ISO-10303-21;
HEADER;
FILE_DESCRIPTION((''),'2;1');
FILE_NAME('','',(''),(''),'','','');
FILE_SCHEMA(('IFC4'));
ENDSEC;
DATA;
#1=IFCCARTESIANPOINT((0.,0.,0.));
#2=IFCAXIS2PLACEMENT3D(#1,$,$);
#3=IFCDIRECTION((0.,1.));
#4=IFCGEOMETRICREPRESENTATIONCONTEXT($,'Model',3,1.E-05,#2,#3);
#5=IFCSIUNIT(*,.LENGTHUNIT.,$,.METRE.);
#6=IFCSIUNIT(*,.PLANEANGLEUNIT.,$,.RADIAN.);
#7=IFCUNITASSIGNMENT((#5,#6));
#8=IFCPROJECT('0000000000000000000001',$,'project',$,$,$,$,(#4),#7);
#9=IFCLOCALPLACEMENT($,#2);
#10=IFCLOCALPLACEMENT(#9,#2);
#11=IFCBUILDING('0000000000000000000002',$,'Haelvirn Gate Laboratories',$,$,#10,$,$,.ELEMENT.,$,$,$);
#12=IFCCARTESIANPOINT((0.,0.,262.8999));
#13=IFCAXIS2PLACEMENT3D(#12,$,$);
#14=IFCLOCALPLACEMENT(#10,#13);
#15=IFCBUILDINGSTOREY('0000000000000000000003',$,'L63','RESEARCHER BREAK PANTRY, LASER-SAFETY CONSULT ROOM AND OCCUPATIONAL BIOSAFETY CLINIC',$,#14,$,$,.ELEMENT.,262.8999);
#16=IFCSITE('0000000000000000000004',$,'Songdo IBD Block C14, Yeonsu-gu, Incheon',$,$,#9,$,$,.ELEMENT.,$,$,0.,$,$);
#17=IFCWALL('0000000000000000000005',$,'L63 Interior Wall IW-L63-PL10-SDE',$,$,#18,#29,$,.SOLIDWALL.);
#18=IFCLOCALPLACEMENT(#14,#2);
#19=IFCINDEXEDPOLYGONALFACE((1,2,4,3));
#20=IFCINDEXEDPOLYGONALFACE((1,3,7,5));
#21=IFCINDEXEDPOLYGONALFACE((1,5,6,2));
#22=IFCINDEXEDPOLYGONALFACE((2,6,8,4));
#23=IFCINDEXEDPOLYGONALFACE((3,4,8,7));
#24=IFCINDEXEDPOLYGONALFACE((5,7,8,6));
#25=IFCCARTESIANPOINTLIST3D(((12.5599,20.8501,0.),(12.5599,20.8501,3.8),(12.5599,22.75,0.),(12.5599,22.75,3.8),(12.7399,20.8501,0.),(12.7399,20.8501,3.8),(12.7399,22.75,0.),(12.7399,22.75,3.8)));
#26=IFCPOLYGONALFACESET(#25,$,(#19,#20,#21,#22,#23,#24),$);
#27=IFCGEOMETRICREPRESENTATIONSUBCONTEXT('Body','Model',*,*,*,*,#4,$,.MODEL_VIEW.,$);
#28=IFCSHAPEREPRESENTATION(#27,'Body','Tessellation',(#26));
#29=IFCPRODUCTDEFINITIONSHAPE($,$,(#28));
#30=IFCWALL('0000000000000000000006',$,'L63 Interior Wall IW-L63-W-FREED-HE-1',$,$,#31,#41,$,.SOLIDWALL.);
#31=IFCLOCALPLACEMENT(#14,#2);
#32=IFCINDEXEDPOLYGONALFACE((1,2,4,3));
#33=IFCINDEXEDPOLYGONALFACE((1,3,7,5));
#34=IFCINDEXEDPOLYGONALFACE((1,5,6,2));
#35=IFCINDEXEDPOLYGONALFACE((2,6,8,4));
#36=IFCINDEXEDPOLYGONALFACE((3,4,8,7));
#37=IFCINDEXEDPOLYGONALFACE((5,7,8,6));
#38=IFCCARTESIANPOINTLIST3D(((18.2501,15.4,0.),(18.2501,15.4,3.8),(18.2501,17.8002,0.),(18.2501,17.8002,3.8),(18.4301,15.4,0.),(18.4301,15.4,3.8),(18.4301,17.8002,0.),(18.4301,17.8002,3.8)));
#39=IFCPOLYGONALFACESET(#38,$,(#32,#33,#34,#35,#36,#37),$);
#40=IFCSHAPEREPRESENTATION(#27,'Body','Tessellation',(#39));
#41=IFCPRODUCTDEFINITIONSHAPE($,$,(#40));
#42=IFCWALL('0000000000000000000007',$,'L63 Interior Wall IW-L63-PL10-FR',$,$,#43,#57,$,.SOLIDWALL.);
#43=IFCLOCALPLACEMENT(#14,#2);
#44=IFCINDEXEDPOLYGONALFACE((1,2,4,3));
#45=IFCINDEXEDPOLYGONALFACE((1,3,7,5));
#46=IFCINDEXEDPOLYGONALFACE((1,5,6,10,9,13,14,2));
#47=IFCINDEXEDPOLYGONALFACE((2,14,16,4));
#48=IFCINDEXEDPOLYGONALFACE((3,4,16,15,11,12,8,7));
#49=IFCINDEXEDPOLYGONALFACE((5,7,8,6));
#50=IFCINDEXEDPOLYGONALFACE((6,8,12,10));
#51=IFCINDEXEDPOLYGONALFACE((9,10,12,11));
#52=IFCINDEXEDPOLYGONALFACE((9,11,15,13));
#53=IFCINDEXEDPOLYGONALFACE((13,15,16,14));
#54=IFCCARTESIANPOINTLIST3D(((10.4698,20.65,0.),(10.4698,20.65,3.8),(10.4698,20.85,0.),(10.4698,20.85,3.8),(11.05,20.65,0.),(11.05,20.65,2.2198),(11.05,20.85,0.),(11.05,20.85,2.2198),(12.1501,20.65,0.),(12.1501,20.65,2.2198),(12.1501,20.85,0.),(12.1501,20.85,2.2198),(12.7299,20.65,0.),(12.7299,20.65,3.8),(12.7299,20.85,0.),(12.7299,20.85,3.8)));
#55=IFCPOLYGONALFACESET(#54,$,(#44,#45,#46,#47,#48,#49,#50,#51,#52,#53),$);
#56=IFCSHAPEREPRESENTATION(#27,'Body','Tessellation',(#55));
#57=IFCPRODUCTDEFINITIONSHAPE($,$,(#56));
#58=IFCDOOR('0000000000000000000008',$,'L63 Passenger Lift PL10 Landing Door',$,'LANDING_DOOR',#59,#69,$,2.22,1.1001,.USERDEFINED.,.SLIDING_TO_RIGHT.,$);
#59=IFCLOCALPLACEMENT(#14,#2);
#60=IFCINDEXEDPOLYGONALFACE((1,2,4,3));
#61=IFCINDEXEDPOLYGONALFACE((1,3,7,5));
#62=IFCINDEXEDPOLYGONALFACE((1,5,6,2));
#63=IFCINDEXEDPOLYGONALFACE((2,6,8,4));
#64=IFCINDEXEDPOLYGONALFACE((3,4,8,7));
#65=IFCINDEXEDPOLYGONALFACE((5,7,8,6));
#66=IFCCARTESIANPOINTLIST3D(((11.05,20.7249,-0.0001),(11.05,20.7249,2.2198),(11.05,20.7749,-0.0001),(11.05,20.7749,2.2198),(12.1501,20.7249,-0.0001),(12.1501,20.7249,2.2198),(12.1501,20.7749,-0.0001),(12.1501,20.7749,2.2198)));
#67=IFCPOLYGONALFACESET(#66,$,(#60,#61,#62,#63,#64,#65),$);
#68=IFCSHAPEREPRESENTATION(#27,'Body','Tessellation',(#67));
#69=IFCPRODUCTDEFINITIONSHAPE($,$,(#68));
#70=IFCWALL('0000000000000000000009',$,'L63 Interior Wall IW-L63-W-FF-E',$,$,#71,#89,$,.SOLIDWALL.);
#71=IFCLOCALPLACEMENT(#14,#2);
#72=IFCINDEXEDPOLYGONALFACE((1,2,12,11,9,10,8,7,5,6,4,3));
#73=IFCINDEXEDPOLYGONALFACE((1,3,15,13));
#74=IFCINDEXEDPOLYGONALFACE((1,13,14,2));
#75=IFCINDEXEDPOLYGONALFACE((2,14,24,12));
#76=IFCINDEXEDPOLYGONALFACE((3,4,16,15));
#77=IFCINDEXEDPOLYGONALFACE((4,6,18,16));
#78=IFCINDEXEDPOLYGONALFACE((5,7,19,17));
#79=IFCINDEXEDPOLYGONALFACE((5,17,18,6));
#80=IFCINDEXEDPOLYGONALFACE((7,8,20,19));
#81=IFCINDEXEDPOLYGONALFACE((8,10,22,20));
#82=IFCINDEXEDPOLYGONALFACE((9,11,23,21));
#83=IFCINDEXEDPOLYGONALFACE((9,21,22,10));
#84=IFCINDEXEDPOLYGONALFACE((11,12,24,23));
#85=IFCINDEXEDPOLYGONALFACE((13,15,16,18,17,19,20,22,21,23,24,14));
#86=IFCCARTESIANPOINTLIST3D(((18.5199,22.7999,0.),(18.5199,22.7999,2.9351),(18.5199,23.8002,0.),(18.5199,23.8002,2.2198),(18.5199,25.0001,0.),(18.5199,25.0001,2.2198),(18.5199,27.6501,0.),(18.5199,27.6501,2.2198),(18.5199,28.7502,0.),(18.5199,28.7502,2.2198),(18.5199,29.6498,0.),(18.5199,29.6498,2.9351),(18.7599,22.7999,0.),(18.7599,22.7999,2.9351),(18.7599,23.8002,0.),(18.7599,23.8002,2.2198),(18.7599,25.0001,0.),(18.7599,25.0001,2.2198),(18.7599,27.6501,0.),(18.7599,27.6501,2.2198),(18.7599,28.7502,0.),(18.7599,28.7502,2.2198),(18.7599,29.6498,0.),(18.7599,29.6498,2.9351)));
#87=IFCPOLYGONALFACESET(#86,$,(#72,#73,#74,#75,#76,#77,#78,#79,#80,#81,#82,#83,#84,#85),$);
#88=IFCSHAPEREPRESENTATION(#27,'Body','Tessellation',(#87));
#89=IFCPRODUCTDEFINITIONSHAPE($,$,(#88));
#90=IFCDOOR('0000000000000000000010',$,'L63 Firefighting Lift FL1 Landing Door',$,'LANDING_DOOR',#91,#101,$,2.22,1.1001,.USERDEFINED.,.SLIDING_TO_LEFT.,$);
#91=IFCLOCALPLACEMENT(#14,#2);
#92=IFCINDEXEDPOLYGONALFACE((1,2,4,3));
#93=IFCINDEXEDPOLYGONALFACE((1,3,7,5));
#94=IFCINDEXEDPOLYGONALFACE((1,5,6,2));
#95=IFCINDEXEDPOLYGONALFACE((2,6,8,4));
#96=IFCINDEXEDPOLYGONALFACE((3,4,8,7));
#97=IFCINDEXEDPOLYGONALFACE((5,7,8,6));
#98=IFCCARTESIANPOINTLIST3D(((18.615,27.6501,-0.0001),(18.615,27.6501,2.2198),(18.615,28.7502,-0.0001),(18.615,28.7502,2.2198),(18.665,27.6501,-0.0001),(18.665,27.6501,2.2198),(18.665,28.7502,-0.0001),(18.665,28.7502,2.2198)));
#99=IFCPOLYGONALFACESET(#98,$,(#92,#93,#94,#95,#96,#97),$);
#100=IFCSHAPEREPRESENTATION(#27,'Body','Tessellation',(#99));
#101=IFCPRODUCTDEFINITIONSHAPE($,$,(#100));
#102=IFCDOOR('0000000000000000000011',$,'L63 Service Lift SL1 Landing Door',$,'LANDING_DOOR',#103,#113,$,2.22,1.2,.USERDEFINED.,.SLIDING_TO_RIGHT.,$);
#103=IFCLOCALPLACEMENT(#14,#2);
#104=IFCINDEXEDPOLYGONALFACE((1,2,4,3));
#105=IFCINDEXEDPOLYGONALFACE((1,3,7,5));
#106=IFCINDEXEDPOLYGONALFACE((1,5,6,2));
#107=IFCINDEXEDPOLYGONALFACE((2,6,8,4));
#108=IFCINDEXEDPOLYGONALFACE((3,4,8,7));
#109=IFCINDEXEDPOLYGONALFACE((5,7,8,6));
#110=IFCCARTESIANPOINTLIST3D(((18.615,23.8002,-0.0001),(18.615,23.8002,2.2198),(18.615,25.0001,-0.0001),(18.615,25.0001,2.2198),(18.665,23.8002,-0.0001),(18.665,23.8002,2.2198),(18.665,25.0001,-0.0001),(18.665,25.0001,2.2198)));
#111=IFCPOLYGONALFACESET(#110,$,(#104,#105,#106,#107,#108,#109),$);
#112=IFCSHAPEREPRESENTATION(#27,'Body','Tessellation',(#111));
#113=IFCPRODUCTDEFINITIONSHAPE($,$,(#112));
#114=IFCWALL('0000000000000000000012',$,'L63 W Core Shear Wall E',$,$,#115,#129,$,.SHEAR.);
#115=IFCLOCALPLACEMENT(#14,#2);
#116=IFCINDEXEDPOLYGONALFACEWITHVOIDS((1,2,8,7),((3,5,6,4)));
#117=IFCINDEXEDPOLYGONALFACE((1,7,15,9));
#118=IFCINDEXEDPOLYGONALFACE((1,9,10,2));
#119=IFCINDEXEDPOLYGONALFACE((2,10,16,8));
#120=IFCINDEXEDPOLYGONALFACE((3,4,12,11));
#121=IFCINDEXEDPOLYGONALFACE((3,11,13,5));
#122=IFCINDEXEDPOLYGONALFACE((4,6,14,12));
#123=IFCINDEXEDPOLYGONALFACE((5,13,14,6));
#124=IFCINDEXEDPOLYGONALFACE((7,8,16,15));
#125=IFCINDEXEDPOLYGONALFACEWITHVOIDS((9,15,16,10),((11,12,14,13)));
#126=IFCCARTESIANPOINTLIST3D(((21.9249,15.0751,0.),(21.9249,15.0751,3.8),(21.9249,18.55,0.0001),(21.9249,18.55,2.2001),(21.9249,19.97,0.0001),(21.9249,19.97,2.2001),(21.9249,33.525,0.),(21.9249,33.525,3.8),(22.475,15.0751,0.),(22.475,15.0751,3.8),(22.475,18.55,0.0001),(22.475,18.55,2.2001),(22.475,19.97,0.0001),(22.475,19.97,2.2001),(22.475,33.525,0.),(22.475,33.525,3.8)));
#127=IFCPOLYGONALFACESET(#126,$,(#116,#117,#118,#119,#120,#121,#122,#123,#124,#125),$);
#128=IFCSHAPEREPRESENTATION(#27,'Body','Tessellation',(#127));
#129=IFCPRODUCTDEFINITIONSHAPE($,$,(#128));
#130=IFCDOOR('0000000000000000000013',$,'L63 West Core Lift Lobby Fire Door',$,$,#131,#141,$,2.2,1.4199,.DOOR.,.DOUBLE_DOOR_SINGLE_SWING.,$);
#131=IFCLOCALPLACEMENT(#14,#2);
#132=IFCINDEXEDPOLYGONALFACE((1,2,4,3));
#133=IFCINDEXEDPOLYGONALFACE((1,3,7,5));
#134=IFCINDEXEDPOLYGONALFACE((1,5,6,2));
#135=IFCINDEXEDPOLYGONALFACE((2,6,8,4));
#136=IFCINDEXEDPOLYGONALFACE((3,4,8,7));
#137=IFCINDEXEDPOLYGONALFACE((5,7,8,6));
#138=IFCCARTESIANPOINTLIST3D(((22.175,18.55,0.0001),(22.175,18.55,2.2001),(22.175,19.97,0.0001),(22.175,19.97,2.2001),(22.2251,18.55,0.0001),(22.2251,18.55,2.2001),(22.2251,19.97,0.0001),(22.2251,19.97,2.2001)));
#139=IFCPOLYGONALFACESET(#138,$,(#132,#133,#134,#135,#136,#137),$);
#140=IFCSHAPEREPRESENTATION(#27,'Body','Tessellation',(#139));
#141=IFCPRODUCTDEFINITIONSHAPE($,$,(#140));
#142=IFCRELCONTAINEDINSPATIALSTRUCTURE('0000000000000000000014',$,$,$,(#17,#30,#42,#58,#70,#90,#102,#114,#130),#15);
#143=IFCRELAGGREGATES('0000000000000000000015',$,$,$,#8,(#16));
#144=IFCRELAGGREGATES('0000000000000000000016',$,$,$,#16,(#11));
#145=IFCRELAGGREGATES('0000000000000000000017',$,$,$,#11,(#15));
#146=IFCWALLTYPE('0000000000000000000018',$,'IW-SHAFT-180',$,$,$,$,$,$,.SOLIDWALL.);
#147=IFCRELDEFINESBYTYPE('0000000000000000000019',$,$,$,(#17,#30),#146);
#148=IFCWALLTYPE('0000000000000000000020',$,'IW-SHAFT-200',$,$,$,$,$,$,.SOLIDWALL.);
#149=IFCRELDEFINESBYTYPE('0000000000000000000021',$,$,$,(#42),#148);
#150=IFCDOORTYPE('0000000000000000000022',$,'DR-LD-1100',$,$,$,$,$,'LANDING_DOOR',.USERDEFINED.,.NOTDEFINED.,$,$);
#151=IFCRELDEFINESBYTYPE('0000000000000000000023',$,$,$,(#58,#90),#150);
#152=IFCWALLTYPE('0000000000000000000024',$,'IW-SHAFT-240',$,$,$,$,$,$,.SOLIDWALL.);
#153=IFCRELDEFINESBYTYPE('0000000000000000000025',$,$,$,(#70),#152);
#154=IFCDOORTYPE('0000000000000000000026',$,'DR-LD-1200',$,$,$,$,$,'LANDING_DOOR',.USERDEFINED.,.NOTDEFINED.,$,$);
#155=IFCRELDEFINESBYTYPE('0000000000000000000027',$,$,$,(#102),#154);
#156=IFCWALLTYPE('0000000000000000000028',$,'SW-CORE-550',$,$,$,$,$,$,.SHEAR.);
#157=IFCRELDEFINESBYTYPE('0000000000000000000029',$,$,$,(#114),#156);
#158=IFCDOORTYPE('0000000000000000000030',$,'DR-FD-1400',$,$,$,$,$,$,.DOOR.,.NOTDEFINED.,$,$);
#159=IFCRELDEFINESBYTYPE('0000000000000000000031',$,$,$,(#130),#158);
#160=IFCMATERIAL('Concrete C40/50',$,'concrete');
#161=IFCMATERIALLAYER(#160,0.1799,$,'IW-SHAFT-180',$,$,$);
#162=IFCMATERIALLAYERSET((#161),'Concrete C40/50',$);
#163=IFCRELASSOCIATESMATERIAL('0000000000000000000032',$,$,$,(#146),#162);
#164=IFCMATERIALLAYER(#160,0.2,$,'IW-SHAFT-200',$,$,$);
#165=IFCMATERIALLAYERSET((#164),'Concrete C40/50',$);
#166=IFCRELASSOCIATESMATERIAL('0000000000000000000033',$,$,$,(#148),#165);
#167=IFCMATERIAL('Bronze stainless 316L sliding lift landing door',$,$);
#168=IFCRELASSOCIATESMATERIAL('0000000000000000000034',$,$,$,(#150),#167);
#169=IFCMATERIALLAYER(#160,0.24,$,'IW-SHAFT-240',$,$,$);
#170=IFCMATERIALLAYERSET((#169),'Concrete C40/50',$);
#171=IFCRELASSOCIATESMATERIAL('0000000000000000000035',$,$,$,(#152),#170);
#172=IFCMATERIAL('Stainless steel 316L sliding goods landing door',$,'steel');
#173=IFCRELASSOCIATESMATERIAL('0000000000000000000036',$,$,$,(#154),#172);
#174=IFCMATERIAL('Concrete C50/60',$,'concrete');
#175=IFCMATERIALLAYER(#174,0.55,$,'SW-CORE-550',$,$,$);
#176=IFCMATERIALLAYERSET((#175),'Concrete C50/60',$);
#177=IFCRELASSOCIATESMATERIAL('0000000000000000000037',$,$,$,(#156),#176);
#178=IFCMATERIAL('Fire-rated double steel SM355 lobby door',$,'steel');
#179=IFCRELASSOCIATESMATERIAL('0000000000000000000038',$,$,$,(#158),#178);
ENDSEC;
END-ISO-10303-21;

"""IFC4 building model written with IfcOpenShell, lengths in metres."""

from ifc_helpers import new_model, si_unit, direction, frame, frame_2d, origin, place, context, subcontext, project, spatial, rectangle, extrude, source, transform, mapped, material, layer, layer_set, type_object, type_shapes, element, fill, save


model = new_model("IFC4")

# Units and contexts
model_context = context("Model", 3, precision=1e-05, world=origin(), true_north=direction((0.0, 1.0)))
body_context = subcontext(model_context, "Body", "Model", "MODEL_VIEW")
ifc_project = project(units=[si_unit("LENGTHUNIT", "METRE"), si_unit("PLANEANGLEUNIT", "RADIAN")], contexts=[model_context])

# Site, building, storey
site_placement = place(None, origin())
site = spatial("IfcSite", under=ifc_project, at=site_placement, Name="Songdo IBD Block C14, Yeonsu-gu, Incheon", CompositionType="ELEMENT", RefElevation=0.0)
building_placement = place(site_placement, origin())
building = spatial("IfcBuilding", under=site, at=building_placement, Name="Haelvirn Gate Laboratories", CompositionType="ELEMENT")
storey_placement = place(building_placement, frame((0.0, 0.0, 262.8999)))
storey = spatial("IfcBuildingStorey", under=building, at=storey_placement, Name="L63", Description="RESEARCHER BREAK PANTRY, LASER-SAFETY CONSULT ROOM AND OCCUPATIONAL BIOSAFETY CLINIC", CompositionType="ELEMENT", Elevation=262.8999)

# Walls
ifc_material_1 = material(Name="Concrete C40/50", Category="concrete")
ifc_layer_1 = layer(ifc_material_1, 0.1799, Name="IW-SHAFT-180")
ifc_layer_set_1 = layer_set([ifc_layer_1], Name="Concrete C40/50")
wall_type_1 = type_object("IfcWallType", Name="IW-SHAFT-180", PredefinedType="SOLIDWALL", material=ifc_layer_set_1)
for number, where, z_axis, x_axis, name in (
    (1, (12.6499, 20.8501, 0.0), (0.0, 0.0, 1.0), (0.0, 1.0, 0.0), "L63 Interior Wall IW-L63-PL10-SDE"),
):
    element("IfcWall", number, at=place(storey_placement, frame(where, z_axis=z_axis, x_axis=x_axis)), inside=storey, type_object=wall_type_1, Name=name, PredefinedType="SOLIDWALL", context=body_context, shape_type="SweptSolid", body=[
        extrude(rectangle(XDim=1.8999, YDim=0.1799, at=frame_2d((0.95, 0.0))), origin(), (0.0, 0.0, 1.0), 3.8),
    ])
wall_1_placement = place(storey_placement, frame((18.3401, 15.3999, 0.0), z_axis=(0.0, 0.0, 1.0), x_axis=(0.0, 1.0, 0.0)))
element("IfcWall", 2, at=wall_1_placement, inside=storey, type_object=wall_type_1, Name="L63 Interior Wall IW-L63-W-FREED-HE-1", PredefinedType="SOLIDWALL", context=body_context, shape_type="SweptSolid", body=[
    extrude(rectangle(XDim=2.4001, YDim=0.1799, at=frame_2d((1.2002, 0.0))), origin(), (0.0, 0.0, 1.0), 3.8),
])

# Wall, opening, door
ifc_layer_2 = layer(ifc_material_1, 0.2, Name="IW-SHAFT-200")
ifc_layer_set_2 = layer_set([ifc_layer_2], Name="Concrete C40/50")
wall_type_2 = type_object("IfcWallType", Name="IW-SHAFT-200", PredefinedType="SOLIDWALL", material=ifc_layer_set_2)
wall_2_placement = place(storey_placement, frame((10.47, 20.75, 0.0), z_axis=(0.0, 0.0, 1.0), x_axis=(1.0, 0.0, 0.0)))
wall_2 = element("IfcWall", 3, at=wall_2_placement, inside=storey, type_object=wall_type_2, Name="L63 Interior Wall IW-L63-PL10-FR", PredefinedType="SOLIDWALL", context=body_context, shape_type="SweptSolid", body=[
    extrude(rectangle(XDim=2.26, YDim=0.2, at=frame_2d((1.1299, 0.0))), origin(), (0.0, 0.0, 1.0), 3.8),
])
opening_1_placement = place(wall_2_placement, frame((0.5801, 0.0, 0.0)))
opening_1 = element("IfcOpeningElement", 4, at=opening_1_placement, cuts=wall_2, PredefinedType="OPENING", context=body_context, shape_type="SweptSolid", body=[
    extrude(rectangle(XDim=1.1001, YDim=2.22, at=frame_2d((0.55, 1.1099))), frame((0.0, 0.1099, 0.0), z_axis=(0.0, -1.0, 0.0), x_axis=(1.0, 0.0, 0.0)), (0.0, 0.0, 1.0), 0.22),
])
ifc_material_2 = material(Name="Bronze stainless 316L sliding lift landing door")
door_type_1 = type_object("IfcDoorType", Name="DR-LD-1100", ElementType="LANDING_DOOR", OperationType="NOTDEFINED", PredefinedType="USERDEFINED", material=ifc_material_2)
shared_shape_1 = source(origin(), body_context, "Body", "SweptSolid", [
    extrude(rectangle(XDim=1.1001, YDim=2.22, at=frame_2d((0.55, 1.1099))), frame((0.0, 0.0249, 0.0), z_axis=(0.0, -1.0, 0.0), x_axis=(1.0, 0.0, 0.0)), (0.0, 0.0, 1.0), 0.05),
])
type_shapes(door_type_1, [shared_shape_1])
door_1_placement = place(opening_1_placement, origin())
door_1 = element("IfcDoor", 5, at=door_1_placement, inside=storey, type_object=door_type_1, Name="L63 Passenger Lift PL10 Landing Door", ObjectType="LANDING_DOOR", OperationType="SLIDING_TO_RIGHT", OverallHeight=2.22, OverallWidth=1.1001, PredefinedType="USERDEFINED", context=body_context, shape_type="MappedRepresentation", body=[
    mapped(shared_shape_1, transform((0.0, 0.0, 0.0), scale=1.0)),
])
fill(opening_1, door_1)

# Wall, openings, doors
ifc_layer_3 = layer(ifc_material_1, 0.24, Name="IW-SHAFT-240")
ifc_layer_set_3 = layer_set([ifc_layer_3], Name="Concrete C40/50")
wall_type_3 = type_object("IfcWallType", Name="IW-SHAFT-240", PredefinedType="SOLIDWALL", material=ifc_layer_set_3)
wall_3_placement = place(storey_placement, frame((18.6399, 22.8, 0.0), z_axis=(0.0, 0.0, 1.0), x_axis=(0.0, 1.0, 0.0)))
wall_3 = element("IfcWall", 6, at=wall_3_placement, inside=storey, type_object=wall_type_3, Name="L63 Interior Wall IW-L63-W-FF-E", PredefinedType="SOLIDWALL", context=body_context, shape_type="SweptSolid", body=[
    extrude(rectangle(XDim=6.8499, YDim=0.24, at=frame_2d((3.4248, 0.0))), origin(), (0.0, 0.0, 1.0), 2.9351),
])
opening_2_placement = place(wall_3_placement, frame((4.8501, 0.0, 0.0)))
opening_2 = element("IfcOpeningElement", 7, at=opening_2_placement, cuts=wall_3, PredefinedType="OPENING", context=body_context, shape_type="SweptSolid", body=[
    extrude(rectangle(XDim=1.1001, YDim=2.22, at=frame_2d((0.55, 1.1099))), frame((0.0, 0.1299, 0.0), z_axis=(0.0, -1.0, 0.0), x_axis=(1.0, 0.0, 0.0)), (0.0, 0.0, 1.0), 0.26),
])
opening_3_placement = place(wall_3_placement, frame((1.0, 0.0, 0.0)))
opening_3 = element("IfcOpeningElement", 8, at=opening_3_placement, cuts=wall_3, PredefinedType="OPENING", context=body_context, shape_type="SweptSolid", body=[
    extrude(rectangle(XDim=1.2, YDim=2.22, at=frame_2d((0.6001, 1.1099))), frame((0.0, 0.1299, 0.0), z_axis=(0.0, -1.0, 0.0), x_axis=(1.0, 0.0, 0.0)), (0.0, 0.0, 1.0), 0.26),
])
door_2_placement = place(opening_2_placement, origin())
door_2 = element("IfcDoor", 9, at=door_2_placement, inside=storey, type_object=door_type_1, Name="L63 Firefighting Lift FL1 Landing Door", ObjectType="LANDING_DOOR", OperationType="SLIDING_TO_LEFT", OverallHeight=2.22, OverallWidth=1.1001, PredefinedType="USERDEFINED", context=body_context, shape_type="MappedRepresentation", body=[
    mapped(shared_shape_1, transform((0.0, 0.0, 0.0), scale=1.0)),
])
fill(opening_2, door_2)
ifc_material_3 = material(Name="Stainless steel 316L sliding goods landing door", Category="steel")
door_type_2 = type_object("IfcDoorType", Name="DR-LD-1200", ElementType="LANDING_DOOR", OperationType="NOTDEFINED", PredefinedType="USERDEFINED", material=ifc_material_3)
shared_shape_2 = source(origin(), body_context, "Body", "SweptSolid", [
    extrude(rectangle(XDim=1.2, YDim=2.22, at=frame_2d((0.6001, 1.1099))), frame((0.0, 0.0249, 0.0), z_axis=(0.0, -1.0, 0.0), x_axis=(1.0, 0.0, 0.0)), (0.0, 0.0, 1.0), 0.05),
])
type_shapes(door_type_2, [shared_shape_2])
door_3_placement = place(opening_3_placement, origin())
door_3 = element("IfcDoor", 10, at=door_3_placement, inside=storey, type_object=door_type_2, Name="L63 Service Lift SL1 Landing Door", ObjectType="LANDING_DOOR", OperationType="SLIDING_TO_RIGHT", OverallHeight=2.22, OverallWidth=1.2, PredefinedType="USERDEFINED", context=body_context, shape_type="MappedRepresentation", body=[
    mapped(shared_shape_2, transform((0.0, 0.0, 0.0), scale=1.0)),
])
fill(opening_3, door_3)

# Wall, opening, door
ifc_material_4 = material(Name="Concrete C50/60", Category="concrete")
ifc_layer_4 = layer(ifc_material_4, 0.55, Name="SW-CORE-550")
ifc_layer_set_4 = layer_set([ifc_layer_4], Name="Concrete C50/60")
wall_type_4 = type_object("IfcWallType", Name="SW-CORE-550", PredefinedType="SHEAR", material=ifc_layer_set_4)
wall_4_placement = place(storey_placement, frame((22.2, 15.075, 0.0), z_axis=(0.0, 0.0, 1.0), x_axis=(0.0, 1.0, 0.0)))
wall_4 = element("IfcWall", 11, at=wall_4_placement, inside=storey, type_object=wall_type_4, Name="L63 W Core Shear Wall E", PredefinedType="SHEAR", context=body_context, shape_type="SweptSolid", body=[
    extrude(rectangle(XDim=18.45, YDim=0.55, at=frame_2d((9.2251, 0.0))), origin(), (0.0, 0.0, 1.0), 3.8),
])
opening_4_placement = place(wall_4_placement, frame((3.4751, 0.0, 0.0)))
opening_4 = element("IfcOpeningElement", 12, at=opening_4_placement, cuts=wall_4, PredefinedType="OPENING", context=body_context, shape_type="SweptSolid", body=[
    extrude(rectangle(XDim=1.4199, YDim=2.2, at=frame_2d((0.71, 1.1001))), frame((0.0, 0.2852, 0.0), z_axis=(0.0, -1.0, 0.0), x_axis=(1.0, 0.0, 0.0)), (0.0, 0.0, 1.0), 0.5701),
])
ifc_material_5 = material(Name="Fire-rated double steel SM355 lobby door", Category="steel")
door_type_3 = type_object("IfcDoorType", Name="DR-FD-1400", OperationType="NOTDEFINED", PredefinedType="DOOR", material=ifc_material_5)
shared_shape_3 = source(origin(), body_context, "Body", "SweptSolid", [
    extrude(rectangle(XDim=1.4199, YDim=2.2, at=frame_2d((0.71, 1.1001))), frame((0.0, 0.0249, 0.0), z_axis=(0.0, -1.0, 0.0), x_axis=(1.0, 0.0, 0.0)), (0.0, 0.0, 1.0), 0.05),
])
type_shapes(door_type_3, [shared_shape_3])
door_4_placement = place(opening_4_placement, origin())
door_4 = element("IfcDoor", 13, at=door_4_placement, inside=storey, type_object=door_type_3, Name="L63 West Core Lift Lobby Fire Door", OperationType="DOUBLE_DOOR_SINGLE_SWING", OverallHeight=2.2, OverallWidth=1.4199, PredefinedType="DOOR", context=body_context, shape_type="MappedRepresentation", body=[
    mapped(shared_shape_3, transform((0.0, 0.0, 0.0), scale=1.0)),
])
fill(opening_4, door_4)

save(model, "model.ifc")
